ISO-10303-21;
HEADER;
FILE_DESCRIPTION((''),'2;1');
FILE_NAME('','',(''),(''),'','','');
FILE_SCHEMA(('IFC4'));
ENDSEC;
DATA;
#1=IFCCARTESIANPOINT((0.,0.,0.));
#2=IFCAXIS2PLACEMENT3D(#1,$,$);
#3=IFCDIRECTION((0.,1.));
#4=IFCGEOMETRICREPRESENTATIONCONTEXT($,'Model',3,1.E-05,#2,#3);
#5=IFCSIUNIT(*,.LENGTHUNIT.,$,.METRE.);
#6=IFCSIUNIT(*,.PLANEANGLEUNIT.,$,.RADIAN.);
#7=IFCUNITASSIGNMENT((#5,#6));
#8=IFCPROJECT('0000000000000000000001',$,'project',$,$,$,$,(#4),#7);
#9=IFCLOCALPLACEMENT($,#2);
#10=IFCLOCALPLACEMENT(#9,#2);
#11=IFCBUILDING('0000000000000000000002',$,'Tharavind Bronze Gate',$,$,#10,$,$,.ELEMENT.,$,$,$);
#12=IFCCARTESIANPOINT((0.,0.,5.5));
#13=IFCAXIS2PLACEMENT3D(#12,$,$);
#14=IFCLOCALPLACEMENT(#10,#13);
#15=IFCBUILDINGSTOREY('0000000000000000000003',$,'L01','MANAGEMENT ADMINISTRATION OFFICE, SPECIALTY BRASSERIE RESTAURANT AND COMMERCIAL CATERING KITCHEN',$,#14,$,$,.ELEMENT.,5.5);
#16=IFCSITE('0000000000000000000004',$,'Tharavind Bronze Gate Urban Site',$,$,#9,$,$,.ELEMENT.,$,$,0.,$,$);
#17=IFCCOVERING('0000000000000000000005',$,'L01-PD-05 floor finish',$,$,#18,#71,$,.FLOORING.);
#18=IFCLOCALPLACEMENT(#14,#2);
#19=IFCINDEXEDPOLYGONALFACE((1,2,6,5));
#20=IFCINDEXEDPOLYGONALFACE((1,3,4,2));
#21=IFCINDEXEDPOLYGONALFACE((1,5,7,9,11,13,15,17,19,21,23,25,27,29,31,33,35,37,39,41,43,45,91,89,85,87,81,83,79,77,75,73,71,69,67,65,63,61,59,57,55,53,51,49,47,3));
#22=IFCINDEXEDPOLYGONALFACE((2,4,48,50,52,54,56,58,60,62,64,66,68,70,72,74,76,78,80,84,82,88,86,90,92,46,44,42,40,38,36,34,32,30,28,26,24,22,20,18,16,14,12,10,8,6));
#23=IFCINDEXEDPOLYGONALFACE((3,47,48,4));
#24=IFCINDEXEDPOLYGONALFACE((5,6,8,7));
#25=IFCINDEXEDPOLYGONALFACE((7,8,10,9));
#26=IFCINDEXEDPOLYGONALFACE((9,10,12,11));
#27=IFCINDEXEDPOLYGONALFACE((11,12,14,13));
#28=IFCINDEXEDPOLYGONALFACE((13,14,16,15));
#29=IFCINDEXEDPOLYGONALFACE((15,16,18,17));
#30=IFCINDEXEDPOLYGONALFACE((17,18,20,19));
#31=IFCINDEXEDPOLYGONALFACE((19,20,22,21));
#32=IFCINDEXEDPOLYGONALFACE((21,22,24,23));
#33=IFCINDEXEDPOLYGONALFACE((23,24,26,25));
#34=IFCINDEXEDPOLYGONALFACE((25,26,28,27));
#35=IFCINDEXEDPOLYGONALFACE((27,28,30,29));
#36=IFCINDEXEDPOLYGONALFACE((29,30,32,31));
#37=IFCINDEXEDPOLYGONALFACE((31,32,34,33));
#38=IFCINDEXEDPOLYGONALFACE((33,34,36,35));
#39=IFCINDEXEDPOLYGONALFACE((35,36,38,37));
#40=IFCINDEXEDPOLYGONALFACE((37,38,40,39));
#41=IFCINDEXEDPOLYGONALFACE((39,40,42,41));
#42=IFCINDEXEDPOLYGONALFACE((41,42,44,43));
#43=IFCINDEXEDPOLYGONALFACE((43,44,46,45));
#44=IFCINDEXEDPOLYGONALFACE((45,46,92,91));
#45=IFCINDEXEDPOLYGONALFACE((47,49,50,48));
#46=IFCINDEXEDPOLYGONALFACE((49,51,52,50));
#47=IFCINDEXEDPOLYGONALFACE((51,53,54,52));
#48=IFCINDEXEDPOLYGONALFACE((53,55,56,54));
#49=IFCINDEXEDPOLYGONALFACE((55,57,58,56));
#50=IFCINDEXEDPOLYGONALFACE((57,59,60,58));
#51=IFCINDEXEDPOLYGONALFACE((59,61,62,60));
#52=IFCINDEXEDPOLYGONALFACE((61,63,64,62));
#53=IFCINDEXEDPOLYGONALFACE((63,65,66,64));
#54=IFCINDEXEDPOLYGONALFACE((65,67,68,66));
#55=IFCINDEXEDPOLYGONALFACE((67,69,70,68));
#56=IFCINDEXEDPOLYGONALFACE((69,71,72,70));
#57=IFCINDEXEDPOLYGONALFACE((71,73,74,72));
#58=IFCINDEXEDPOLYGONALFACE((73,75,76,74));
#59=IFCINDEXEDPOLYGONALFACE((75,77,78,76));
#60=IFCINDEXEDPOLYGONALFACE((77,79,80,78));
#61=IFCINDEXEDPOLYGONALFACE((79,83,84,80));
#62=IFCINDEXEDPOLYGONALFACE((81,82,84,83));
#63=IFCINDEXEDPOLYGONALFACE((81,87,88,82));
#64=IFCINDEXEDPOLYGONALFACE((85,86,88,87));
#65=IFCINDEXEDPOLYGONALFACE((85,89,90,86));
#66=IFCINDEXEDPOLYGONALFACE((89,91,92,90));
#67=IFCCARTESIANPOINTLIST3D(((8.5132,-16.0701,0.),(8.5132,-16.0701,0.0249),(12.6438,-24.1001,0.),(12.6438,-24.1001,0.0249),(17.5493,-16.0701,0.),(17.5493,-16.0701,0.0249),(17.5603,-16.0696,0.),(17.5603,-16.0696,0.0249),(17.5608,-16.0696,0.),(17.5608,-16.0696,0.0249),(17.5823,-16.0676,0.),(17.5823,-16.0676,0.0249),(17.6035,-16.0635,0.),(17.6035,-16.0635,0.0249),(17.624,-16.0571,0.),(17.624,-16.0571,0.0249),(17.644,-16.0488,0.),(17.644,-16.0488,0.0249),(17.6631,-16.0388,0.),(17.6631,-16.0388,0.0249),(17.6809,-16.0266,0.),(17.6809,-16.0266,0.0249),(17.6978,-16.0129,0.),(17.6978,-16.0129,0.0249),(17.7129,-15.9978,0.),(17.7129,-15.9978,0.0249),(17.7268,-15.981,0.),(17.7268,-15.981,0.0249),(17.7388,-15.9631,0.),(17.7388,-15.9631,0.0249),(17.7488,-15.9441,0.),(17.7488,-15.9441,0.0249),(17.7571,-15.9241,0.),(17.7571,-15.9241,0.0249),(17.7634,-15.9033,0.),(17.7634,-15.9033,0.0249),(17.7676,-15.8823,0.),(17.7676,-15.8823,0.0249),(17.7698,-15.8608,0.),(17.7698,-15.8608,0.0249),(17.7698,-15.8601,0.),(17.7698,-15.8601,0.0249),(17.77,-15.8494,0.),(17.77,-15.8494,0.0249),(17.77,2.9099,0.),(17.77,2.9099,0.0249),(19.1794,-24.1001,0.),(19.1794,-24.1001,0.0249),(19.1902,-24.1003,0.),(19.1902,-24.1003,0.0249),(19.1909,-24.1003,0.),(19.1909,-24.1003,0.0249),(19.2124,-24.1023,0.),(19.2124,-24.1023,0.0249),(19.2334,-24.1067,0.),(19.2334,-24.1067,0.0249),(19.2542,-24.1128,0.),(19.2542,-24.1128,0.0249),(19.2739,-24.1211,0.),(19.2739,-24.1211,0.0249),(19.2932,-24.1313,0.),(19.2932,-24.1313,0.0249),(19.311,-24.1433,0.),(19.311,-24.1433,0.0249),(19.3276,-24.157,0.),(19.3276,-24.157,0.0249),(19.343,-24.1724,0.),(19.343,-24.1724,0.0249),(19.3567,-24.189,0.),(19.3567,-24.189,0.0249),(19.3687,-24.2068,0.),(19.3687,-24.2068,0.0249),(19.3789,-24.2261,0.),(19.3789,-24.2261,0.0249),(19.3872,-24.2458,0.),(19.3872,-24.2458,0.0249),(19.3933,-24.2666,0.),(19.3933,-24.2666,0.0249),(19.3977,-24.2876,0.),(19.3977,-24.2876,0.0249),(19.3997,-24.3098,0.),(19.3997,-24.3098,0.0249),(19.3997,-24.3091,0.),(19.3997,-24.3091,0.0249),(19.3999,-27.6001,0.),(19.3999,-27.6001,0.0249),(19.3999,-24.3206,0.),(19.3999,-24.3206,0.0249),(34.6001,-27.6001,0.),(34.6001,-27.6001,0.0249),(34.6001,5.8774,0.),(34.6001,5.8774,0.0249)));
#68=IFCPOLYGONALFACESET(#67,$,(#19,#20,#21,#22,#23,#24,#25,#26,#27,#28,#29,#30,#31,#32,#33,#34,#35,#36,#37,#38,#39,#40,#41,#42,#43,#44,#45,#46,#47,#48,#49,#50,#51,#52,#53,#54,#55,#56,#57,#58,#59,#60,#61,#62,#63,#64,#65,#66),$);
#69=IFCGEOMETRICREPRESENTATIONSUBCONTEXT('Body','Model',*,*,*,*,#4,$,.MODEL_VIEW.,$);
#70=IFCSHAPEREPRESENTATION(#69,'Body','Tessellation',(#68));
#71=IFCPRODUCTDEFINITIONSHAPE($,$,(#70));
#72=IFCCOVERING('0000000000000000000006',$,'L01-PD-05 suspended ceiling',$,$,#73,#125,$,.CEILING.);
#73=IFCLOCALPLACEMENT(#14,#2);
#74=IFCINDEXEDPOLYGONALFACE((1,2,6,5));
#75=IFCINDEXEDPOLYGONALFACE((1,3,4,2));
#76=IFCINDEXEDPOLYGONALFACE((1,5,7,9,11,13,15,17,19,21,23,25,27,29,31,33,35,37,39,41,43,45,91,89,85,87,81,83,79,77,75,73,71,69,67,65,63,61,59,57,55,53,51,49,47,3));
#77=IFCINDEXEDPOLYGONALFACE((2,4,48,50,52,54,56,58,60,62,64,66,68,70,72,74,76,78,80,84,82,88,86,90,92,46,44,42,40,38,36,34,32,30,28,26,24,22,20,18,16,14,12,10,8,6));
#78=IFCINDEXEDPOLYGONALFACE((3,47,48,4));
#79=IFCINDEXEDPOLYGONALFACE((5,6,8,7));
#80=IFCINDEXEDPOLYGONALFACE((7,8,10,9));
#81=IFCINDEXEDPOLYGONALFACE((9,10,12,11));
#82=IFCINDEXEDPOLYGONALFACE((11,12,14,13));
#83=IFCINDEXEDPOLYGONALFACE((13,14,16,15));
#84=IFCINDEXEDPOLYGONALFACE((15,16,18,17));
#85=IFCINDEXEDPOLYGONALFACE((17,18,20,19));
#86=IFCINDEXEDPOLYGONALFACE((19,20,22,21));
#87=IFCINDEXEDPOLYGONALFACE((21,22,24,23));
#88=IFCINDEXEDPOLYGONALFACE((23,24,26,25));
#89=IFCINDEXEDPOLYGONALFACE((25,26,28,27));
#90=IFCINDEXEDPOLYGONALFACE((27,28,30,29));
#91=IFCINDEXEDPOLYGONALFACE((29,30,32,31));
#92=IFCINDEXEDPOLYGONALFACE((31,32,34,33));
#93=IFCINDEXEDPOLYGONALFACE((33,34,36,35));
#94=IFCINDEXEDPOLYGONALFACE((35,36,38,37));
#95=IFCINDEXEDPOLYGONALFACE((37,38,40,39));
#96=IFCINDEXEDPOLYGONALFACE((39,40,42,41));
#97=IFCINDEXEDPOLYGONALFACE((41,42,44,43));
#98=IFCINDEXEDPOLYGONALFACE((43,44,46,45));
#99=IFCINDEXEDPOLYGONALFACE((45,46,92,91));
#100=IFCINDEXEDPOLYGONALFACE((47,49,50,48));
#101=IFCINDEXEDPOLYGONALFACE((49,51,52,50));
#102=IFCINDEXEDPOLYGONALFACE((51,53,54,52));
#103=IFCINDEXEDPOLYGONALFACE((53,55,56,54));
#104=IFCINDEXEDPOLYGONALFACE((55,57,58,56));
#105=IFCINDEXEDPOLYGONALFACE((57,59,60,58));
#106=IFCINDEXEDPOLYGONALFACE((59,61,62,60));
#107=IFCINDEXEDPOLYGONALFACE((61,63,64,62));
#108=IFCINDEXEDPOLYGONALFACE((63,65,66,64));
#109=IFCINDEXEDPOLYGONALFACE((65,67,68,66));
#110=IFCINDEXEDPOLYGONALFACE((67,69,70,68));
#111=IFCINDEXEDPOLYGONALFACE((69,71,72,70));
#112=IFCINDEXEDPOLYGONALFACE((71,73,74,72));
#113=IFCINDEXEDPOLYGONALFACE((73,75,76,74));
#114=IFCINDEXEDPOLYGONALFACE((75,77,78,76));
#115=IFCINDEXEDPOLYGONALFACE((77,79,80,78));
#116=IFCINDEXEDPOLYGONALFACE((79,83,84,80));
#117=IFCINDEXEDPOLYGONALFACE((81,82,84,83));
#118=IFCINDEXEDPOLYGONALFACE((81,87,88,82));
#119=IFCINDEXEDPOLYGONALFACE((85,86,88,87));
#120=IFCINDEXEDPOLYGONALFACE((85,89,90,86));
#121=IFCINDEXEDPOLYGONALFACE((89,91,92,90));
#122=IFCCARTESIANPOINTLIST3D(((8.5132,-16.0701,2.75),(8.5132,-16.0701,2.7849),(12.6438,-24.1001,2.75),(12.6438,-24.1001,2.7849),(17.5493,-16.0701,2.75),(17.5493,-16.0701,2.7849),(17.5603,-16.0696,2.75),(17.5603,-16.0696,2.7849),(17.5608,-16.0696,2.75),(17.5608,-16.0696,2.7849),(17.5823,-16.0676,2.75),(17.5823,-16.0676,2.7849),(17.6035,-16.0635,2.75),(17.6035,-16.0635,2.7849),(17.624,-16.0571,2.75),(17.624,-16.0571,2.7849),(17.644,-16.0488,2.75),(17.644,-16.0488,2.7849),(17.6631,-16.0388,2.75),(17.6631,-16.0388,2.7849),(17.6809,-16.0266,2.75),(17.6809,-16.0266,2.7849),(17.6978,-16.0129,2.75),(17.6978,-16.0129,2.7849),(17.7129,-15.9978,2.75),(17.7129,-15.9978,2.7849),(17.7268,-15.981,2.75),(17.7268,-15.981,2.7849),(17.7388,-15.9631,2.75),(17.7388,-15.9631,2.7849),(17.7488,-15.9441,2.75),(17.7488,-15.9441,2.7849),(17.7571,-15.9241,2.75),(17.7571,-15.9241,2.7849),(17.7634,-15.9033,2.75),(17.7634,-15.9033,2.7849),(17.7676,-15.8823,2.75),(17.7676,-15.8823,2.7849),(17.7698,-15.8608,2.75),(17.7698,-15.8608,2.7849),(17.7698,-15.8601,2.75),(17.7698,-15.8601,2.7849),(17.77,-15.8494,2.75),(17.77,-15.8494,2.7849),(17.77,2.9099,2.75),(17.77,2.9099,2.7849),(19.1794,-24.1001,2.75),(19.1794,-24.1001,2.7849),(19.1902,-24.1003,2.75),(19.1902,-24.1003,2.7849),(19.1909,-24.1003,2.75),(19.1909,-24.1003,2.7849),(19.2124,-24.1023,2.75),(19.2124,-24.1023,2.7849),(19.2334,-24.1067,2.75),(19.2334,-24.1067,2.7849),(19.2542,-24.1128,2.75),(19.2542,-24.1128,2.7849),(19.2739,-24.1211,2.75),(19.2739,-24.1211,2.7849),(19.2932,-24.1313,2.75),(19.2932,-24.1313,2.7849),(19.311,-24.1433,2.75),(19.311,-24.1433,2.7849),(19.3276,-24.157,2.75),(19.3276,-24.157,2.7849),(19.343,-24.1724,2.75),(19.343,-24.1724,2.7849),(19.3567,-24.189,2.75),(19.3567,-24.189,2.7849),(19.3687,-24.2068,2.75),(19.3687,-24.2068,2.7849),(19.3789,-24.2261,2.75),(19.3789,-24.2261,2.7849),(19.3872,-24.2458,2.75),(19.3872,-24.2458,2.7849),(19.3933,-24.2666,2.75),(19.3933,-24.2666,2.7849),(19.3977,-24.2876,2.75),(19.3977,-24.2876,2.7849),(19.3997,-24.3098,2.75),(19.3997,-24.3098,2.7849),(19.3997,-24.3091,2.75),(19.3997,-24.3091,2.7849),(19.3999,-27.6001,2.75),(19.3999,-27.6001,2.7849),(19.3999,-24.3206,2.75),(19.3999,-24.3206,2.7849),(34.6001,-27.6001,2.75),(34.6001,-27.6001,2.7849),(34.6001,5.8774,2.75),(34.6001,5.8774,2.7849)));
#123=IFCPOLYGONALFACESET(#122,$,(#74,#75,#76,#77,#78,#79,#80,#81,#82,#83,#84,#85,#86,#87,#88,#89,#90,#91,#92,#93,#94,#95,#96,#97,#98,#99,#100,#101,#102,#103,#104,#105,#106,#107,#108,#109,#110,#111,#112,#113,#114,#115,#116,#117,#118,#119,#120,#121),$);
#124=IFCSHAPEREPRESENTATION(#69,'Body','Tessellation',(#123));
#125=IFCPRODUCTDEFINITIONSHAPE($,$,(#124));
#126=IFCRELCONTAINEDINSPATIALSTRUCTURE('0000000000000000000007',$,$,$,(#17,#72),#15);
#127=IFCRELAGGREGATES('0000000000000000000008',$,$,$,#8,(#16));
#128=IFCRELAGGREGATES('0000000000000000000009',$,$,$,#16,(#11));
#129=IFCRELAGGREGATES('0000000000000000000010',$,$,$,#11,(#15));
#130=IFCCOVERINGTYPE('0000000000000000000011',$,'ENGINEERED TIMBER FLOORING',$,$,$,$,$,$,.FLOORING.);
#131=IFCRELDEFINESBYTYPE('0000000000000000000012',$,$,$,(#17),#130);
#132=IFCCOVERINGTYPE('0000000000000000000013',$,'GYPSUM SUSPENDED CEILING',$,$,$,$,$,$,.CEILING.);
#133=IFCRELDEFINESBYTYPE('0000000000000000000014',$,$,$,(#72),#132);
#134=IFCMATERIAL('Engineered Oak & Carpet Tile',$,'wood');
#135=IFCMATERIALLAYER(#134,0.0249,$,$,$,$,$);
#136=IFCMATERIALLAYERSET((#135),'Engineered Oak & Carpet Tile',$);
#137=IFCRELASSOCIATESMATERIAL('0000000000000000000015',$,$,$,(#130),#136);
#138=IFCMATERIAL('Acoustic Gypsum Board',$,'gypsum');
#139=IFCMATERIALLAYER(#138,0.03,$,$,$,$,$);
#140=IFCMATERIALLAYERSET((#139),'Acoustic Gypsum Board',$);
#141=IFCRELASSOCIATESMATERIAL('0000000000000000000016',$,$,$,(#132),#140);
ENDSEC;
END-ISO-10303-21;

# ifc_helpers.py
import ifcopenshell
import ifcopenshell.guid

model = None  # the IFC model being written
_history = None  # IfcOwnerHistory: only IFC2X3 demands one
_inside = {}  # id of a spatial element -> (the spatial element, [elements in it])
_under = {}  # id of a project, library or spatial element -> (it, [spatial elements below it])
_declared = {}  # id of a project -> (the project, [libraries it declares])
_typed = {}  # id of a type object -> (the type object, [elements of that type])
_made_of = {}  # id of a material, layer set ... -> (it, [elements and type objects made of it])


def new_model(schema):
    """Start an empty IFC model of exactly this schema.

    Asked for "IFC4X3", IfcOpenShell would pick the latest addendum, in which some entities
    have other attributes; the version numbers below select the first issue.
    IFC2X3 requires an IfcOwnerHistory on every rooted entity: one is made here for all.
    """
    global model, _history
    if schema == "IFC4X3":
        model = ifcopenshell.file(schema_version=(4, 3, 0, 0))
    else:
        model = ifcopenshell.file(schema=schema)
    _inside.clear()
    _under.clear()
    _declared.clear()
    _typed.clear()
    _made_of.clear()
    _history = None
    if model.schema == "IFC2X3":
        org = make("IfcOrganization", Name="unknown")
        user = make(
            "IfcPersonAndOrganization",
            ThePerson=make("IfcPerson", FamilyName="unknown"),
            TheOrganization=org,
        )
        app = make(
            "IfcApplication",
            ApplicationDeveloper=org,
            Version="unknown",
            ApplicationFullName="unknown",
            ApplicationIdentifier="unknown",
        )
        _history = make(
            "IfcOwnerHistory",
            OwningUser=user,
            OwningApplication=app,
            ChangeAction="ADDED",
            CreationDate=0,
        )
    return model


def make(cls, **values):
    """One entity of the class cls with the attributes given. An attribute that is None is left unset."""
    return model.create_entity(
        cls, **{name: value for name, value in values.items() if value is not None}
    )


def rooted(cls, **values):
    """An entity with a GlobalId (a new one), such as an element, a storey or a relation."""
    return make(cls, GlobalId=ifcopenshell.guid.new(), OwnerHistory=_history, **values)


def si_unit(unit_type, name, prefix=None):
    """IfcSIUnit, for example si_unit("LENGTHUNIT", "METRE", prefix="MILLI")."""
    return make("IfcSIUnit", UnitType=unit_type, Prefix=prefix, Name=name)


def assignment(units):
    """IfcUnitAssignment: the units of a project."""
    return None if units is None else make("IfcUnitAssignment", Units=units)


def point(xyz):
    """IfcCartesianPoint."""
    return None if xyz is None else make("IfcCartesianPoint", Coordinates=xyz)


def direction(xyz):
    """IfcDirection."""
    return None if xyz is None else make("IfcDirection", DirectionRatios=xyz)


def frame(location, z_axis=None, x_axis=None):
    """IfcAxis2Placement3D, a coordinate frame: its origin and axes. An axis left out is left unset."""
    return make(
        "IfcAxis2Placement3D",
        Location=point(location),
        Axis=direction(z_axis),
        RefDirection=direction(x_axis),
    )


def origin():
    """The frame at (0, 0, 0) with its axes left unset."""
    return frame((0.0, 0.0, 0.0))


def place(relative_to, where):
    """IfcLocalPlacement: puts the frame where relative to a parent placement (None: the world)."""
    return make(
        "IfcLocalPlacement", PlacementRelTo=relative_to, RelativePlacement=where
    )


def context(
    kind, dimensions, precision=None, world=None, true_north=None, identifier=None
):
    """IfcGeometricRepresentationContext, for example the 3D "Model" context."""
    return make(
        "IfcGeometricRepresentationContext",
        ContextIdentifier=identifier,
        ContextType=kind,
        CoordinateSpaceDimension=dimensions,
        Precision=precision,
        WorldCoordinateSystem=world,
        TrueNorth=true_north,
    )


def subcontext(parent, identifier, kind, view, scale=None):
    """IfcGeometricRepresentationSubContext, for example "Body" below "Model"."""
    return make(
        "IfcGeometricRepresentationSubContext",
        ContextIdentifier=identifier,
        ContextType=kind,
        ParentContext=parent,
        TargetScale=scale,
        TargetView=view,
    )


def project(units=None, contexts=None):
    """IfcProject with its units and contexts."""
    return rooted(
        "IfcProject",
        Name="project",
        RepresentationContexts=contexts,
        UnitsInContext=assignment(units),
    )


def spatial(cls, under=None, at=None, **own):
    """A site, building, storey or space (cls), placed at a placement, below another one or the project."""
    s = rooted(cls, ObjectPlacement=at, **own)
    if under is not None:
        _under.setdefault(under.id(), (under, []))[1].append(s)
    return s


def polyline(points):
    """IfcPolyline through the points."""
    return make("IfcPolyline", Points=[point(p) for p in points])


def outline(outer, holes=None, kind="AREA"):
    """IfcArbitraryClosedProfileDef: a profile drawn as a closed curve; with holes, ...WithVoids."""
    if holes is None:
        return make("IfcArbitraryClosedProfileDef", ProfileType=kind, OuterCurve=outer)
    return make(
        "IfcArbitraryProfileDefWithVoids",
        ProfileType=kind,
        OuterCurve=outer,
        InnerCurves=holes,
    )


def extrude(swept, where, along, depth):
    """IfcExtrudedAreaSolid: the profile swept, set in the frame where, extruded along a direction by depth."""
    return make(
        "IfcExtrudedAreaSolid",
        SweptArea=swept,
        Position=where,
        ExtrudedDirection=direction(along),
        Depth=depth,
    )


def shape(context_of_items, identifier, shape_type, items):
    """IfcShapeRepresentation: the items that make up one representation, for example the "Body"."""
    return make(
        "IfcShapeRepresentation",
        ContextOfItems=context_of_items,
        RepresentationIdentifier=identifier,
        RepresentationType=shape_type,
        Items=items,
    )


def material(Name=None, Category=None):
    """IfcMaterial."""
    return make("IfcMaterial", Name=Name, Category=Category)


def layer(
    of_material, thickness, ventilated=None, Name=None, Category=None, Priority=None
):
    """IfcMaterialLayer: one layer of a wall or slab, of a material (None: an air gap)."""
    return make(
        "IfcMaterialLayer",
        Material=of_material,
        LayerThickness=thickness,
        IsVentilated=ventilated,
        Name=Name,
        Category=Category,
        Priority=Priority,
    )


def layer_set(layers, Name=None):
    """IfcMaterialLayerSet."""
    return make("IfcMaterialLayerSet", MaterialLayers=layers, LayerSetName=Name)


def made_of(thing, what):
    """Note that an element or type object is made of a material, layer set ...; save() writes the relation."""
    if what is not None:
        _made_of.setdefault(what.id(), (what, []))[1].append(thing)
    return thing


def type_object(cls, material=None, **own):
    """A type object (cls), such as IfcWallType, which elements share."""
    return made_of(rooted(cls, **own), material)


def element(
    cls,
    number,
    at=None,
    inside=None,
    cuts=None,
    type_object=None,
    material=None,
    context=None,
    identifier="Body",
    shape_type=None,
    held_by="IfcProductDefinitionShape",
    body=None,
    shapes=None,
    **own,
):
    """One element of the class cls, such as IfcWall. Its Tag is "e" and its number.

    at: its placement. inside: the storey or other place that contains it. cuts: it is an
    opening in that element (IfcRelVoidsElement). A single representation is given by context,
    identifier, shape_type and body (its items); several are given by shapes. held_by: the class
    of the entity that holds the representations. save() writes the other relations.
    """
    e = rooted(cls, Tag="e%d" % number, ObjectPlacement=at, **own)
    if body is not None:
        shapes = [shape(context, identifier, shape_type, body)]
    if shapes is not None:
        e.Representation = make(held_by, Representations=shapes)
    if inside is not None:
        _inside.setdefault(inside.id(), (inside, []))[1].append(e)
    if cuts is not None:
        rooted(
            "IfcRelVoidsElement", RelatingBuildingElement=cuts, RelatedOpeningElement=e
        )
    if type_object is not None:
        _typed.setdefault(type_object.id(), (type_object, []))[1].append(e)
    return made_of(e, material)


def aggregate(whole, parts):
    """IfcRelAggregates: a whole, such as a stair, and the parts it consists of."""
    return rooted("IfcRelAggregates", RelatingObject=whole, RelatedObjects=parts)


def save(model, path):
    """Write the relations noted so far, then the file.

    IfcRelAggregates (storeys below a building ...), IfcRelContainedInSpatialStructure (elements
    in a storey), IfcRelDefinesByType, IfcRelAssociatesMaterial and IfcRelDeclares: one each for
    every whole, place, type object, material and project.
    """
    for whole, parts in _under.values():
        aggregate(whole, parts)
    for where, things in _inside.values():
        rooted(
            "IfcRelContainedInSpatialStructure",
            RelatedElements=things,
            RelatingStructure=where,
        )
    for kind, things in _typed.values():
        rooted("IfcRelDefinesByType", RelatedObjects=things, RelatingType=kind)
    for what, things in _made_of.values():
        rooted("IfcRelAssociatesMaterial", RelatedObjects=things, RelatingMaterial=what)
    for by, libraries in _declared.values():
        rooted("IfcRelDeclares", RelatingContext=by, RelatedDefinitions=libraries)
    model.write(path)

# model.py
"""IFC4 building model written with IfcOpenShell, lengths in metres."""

from ifc_helpers import new_model, si_unit, direction, frame, origin, place, context, subcontext, project, spatial, polyline, outline, extrude, material, layer, layer_set, type_object, element, save


model = new_model("IFC4")

# Units and contexts
model_context = context("Model", 3, precision=1e-05, world=origin(), true_north=direction((0.0, 1.0)))
body_context = subcontext(model_context, "Body", "Model", "MODEL_VIEW")
ifc_project = project(units=[si_unit("LENGTHUNIT", "METRE"), si_unit("PLANEANGLEUNIT", "RADIAN")], contexts=[model_context])

# Site, building, storey
site_placement = place(None, origin())
site = spatial("IfcSite", under=ifc_project, at=site_placement, Name="Tharavind Bronze Gate Urban Site", CompositionType="ELEMENT", RefElevation=0.0)
building_placement = place(site_placement, origin())
building = spatial("IfcBuilding", under=site, at=building_placement, Name="Tharavind Bronze Gate", CompositionType="ELEMENT")
storey_placement = place(building_placement, frame((0.0, 0.0, 5.5)))
storey = spatial("IfcBuildingStorey", under=building, at=storey_placement, Name="L01", Description="MANAGEMENT ADMINISTRATION OFFICE, SPECIALTY BRASSERIE RESTAURANT AND COMMERCIAL CATERING KITCHEN", CompositionType="ELEMENT", Elevation=5.5)

# Coverings
ifc_material_1 = material(Name="Engineered Oak & Carpet Tile", Category="wood")
ifc_layer_1 = layer(ifc_material_1, 0.0249)
ifc_layer_set_1 = layer_set([ifc_layer_1], Name="Engineered Oak & Carpet Tile")
covering_type_1 = type_object("IfcCoveringType", Name="ENGINEERED TIMBER FLOORING", PredefinedType="FLOORING", material=ifc_layer_set_1)
covering_1_placement = place(storey_placement, origin())
element("IfcCovering", 1, at=covering_1_placement, inside=storey, type_object=covering_type_1, Name="L01-PD-05 floor finish", PredefinedType="FLOORING", context=body_context, shape_type="SweptSolid", body=[
    extrude(outline(polyline([(12.6438, -24.1001), (19.1794, -24.1001), (19.1902, -24.1003), (19.1909, -24.1003), (19.2124, -24.1023), (19.2334, -24.1067), (19.2542, -24.1128), (19.2739, -24.1211), (19.2932, -24.1313), (19.311, -24.1433), (19.3276, -24.157), (19.343, -24.1724), (19.3567, -24.189), (19.3687, -24.2068), (19.3789, -24.2261), (19.3872, -24.2458), (19.3933, -24.2666), (19.3977, -24.2876), (19.3997, -24.3091), (19.3997, -24.3098), (19.3999, -24.3206), (19.3999, -27.6001), (34.6001, -27.6001), (34.6001, 5.8774), (17.77, 2.9099), (17.77, -15.8494), (17.7698, -15.8601), (17.7698, -15.8608), (17.7676, -15.8823), (17.7634, -15.9033), (17.7571, -15.9241), (17.7488, -15.9441), (17.7388, -15.9631), (17.7268, -15.981), (17.7129, -15.9978), (17.6978, -16.0129), (17.6809, -16.0266), (17.6631, -16.0388), (17.644, -16.0488), (17.624, -16.0571), (17.6035, -16.0635), (17.5823, -16.0676), (17.5608, -16.0696), (17.5603, -16.0696), (17.5493, -16.0701), (8.5132, -16.0701), (12.6438, -24.1001)])), origin(), (0.0, 0.0, 1.0), 0.0249),
])
ifc_material_2 = material(Name="Acoustic Gypsum Board", Category="gypsum")
ifc_layer_2 = layer(ifc_material_2, 0.03)
ifc_layer_set_2 = layer_set([ifc_layer_2], Name="Acoustic Gypsum Board")
covering_type_2 = type_object("IfcCoveringType", Name="GYPSUM SUSPENDED CEILING", PredefinedType="CEILING", material=ifc_layer_set_2)
covering_2_placement = place(storey_placement, frame((0.0, 0.0, 2.75)))
element("IfcCovering", 2, at=covering_2_placement, inside=storey, type_object=covering_type_2, Name="L01-PD-05 suspended ceiling", PredefinedType="CEILING", context=body_context, shape_type="SweptSolid", body=[
    extrude(outline(polyline([(12.6438, -24.1001), (19.1794, -24.1001), (19.1902, -24.1003), (19.1909, -24.1003), (19.2124, -24.1023), (19.2334, -24.1067), (19.2542, -24.1128), (19.2739, -24.1211), (19.2932, -24.1313), (19.311, -24.1433), (19.3276, -24.157), (19.343, -24.1724), (19.3567, -24.189), (19.3687, -24.2068), (19.3789, -24.2261), (19.3872, -24.2458), (19.3933, -24.2666), (19.3977, -24.2876), (19.3997, -24.3091), (19.3997, -24.3098), (19.3999, -24.3206), (19.3999, -27.6001), (34.6001, -27.6001), (34.6001, 5.8774), (17.77, 2.9099), (17.77, -15.8494), (17.7698, -15.8601), (17.7698, -15.8608), (17.7676, -15.8823), (17.7634, -15.9033), (17.7571, -15.9241), (17.7488, -15.9441), (17.7388, -15.9631), (17.7268, -15.981), (17.7129, -15.9978), (17.6978, -16.0129), (17.6809, -16.0266), (17.6631, -16.0388), (17.644, -16.0488), (17.624, -16.0571), (17.6035, -16.0635), (17.5823, -16.0676), (17.5608, -16.0696), (17.5603, -16.0696), (17.5493, -16.0701), (8.5132, -16.0701), (12.6438, -24.1001)])), origin(), (0.0, 0.0, 1.0), 0.0349),
])

save(model, "model.ifc")
